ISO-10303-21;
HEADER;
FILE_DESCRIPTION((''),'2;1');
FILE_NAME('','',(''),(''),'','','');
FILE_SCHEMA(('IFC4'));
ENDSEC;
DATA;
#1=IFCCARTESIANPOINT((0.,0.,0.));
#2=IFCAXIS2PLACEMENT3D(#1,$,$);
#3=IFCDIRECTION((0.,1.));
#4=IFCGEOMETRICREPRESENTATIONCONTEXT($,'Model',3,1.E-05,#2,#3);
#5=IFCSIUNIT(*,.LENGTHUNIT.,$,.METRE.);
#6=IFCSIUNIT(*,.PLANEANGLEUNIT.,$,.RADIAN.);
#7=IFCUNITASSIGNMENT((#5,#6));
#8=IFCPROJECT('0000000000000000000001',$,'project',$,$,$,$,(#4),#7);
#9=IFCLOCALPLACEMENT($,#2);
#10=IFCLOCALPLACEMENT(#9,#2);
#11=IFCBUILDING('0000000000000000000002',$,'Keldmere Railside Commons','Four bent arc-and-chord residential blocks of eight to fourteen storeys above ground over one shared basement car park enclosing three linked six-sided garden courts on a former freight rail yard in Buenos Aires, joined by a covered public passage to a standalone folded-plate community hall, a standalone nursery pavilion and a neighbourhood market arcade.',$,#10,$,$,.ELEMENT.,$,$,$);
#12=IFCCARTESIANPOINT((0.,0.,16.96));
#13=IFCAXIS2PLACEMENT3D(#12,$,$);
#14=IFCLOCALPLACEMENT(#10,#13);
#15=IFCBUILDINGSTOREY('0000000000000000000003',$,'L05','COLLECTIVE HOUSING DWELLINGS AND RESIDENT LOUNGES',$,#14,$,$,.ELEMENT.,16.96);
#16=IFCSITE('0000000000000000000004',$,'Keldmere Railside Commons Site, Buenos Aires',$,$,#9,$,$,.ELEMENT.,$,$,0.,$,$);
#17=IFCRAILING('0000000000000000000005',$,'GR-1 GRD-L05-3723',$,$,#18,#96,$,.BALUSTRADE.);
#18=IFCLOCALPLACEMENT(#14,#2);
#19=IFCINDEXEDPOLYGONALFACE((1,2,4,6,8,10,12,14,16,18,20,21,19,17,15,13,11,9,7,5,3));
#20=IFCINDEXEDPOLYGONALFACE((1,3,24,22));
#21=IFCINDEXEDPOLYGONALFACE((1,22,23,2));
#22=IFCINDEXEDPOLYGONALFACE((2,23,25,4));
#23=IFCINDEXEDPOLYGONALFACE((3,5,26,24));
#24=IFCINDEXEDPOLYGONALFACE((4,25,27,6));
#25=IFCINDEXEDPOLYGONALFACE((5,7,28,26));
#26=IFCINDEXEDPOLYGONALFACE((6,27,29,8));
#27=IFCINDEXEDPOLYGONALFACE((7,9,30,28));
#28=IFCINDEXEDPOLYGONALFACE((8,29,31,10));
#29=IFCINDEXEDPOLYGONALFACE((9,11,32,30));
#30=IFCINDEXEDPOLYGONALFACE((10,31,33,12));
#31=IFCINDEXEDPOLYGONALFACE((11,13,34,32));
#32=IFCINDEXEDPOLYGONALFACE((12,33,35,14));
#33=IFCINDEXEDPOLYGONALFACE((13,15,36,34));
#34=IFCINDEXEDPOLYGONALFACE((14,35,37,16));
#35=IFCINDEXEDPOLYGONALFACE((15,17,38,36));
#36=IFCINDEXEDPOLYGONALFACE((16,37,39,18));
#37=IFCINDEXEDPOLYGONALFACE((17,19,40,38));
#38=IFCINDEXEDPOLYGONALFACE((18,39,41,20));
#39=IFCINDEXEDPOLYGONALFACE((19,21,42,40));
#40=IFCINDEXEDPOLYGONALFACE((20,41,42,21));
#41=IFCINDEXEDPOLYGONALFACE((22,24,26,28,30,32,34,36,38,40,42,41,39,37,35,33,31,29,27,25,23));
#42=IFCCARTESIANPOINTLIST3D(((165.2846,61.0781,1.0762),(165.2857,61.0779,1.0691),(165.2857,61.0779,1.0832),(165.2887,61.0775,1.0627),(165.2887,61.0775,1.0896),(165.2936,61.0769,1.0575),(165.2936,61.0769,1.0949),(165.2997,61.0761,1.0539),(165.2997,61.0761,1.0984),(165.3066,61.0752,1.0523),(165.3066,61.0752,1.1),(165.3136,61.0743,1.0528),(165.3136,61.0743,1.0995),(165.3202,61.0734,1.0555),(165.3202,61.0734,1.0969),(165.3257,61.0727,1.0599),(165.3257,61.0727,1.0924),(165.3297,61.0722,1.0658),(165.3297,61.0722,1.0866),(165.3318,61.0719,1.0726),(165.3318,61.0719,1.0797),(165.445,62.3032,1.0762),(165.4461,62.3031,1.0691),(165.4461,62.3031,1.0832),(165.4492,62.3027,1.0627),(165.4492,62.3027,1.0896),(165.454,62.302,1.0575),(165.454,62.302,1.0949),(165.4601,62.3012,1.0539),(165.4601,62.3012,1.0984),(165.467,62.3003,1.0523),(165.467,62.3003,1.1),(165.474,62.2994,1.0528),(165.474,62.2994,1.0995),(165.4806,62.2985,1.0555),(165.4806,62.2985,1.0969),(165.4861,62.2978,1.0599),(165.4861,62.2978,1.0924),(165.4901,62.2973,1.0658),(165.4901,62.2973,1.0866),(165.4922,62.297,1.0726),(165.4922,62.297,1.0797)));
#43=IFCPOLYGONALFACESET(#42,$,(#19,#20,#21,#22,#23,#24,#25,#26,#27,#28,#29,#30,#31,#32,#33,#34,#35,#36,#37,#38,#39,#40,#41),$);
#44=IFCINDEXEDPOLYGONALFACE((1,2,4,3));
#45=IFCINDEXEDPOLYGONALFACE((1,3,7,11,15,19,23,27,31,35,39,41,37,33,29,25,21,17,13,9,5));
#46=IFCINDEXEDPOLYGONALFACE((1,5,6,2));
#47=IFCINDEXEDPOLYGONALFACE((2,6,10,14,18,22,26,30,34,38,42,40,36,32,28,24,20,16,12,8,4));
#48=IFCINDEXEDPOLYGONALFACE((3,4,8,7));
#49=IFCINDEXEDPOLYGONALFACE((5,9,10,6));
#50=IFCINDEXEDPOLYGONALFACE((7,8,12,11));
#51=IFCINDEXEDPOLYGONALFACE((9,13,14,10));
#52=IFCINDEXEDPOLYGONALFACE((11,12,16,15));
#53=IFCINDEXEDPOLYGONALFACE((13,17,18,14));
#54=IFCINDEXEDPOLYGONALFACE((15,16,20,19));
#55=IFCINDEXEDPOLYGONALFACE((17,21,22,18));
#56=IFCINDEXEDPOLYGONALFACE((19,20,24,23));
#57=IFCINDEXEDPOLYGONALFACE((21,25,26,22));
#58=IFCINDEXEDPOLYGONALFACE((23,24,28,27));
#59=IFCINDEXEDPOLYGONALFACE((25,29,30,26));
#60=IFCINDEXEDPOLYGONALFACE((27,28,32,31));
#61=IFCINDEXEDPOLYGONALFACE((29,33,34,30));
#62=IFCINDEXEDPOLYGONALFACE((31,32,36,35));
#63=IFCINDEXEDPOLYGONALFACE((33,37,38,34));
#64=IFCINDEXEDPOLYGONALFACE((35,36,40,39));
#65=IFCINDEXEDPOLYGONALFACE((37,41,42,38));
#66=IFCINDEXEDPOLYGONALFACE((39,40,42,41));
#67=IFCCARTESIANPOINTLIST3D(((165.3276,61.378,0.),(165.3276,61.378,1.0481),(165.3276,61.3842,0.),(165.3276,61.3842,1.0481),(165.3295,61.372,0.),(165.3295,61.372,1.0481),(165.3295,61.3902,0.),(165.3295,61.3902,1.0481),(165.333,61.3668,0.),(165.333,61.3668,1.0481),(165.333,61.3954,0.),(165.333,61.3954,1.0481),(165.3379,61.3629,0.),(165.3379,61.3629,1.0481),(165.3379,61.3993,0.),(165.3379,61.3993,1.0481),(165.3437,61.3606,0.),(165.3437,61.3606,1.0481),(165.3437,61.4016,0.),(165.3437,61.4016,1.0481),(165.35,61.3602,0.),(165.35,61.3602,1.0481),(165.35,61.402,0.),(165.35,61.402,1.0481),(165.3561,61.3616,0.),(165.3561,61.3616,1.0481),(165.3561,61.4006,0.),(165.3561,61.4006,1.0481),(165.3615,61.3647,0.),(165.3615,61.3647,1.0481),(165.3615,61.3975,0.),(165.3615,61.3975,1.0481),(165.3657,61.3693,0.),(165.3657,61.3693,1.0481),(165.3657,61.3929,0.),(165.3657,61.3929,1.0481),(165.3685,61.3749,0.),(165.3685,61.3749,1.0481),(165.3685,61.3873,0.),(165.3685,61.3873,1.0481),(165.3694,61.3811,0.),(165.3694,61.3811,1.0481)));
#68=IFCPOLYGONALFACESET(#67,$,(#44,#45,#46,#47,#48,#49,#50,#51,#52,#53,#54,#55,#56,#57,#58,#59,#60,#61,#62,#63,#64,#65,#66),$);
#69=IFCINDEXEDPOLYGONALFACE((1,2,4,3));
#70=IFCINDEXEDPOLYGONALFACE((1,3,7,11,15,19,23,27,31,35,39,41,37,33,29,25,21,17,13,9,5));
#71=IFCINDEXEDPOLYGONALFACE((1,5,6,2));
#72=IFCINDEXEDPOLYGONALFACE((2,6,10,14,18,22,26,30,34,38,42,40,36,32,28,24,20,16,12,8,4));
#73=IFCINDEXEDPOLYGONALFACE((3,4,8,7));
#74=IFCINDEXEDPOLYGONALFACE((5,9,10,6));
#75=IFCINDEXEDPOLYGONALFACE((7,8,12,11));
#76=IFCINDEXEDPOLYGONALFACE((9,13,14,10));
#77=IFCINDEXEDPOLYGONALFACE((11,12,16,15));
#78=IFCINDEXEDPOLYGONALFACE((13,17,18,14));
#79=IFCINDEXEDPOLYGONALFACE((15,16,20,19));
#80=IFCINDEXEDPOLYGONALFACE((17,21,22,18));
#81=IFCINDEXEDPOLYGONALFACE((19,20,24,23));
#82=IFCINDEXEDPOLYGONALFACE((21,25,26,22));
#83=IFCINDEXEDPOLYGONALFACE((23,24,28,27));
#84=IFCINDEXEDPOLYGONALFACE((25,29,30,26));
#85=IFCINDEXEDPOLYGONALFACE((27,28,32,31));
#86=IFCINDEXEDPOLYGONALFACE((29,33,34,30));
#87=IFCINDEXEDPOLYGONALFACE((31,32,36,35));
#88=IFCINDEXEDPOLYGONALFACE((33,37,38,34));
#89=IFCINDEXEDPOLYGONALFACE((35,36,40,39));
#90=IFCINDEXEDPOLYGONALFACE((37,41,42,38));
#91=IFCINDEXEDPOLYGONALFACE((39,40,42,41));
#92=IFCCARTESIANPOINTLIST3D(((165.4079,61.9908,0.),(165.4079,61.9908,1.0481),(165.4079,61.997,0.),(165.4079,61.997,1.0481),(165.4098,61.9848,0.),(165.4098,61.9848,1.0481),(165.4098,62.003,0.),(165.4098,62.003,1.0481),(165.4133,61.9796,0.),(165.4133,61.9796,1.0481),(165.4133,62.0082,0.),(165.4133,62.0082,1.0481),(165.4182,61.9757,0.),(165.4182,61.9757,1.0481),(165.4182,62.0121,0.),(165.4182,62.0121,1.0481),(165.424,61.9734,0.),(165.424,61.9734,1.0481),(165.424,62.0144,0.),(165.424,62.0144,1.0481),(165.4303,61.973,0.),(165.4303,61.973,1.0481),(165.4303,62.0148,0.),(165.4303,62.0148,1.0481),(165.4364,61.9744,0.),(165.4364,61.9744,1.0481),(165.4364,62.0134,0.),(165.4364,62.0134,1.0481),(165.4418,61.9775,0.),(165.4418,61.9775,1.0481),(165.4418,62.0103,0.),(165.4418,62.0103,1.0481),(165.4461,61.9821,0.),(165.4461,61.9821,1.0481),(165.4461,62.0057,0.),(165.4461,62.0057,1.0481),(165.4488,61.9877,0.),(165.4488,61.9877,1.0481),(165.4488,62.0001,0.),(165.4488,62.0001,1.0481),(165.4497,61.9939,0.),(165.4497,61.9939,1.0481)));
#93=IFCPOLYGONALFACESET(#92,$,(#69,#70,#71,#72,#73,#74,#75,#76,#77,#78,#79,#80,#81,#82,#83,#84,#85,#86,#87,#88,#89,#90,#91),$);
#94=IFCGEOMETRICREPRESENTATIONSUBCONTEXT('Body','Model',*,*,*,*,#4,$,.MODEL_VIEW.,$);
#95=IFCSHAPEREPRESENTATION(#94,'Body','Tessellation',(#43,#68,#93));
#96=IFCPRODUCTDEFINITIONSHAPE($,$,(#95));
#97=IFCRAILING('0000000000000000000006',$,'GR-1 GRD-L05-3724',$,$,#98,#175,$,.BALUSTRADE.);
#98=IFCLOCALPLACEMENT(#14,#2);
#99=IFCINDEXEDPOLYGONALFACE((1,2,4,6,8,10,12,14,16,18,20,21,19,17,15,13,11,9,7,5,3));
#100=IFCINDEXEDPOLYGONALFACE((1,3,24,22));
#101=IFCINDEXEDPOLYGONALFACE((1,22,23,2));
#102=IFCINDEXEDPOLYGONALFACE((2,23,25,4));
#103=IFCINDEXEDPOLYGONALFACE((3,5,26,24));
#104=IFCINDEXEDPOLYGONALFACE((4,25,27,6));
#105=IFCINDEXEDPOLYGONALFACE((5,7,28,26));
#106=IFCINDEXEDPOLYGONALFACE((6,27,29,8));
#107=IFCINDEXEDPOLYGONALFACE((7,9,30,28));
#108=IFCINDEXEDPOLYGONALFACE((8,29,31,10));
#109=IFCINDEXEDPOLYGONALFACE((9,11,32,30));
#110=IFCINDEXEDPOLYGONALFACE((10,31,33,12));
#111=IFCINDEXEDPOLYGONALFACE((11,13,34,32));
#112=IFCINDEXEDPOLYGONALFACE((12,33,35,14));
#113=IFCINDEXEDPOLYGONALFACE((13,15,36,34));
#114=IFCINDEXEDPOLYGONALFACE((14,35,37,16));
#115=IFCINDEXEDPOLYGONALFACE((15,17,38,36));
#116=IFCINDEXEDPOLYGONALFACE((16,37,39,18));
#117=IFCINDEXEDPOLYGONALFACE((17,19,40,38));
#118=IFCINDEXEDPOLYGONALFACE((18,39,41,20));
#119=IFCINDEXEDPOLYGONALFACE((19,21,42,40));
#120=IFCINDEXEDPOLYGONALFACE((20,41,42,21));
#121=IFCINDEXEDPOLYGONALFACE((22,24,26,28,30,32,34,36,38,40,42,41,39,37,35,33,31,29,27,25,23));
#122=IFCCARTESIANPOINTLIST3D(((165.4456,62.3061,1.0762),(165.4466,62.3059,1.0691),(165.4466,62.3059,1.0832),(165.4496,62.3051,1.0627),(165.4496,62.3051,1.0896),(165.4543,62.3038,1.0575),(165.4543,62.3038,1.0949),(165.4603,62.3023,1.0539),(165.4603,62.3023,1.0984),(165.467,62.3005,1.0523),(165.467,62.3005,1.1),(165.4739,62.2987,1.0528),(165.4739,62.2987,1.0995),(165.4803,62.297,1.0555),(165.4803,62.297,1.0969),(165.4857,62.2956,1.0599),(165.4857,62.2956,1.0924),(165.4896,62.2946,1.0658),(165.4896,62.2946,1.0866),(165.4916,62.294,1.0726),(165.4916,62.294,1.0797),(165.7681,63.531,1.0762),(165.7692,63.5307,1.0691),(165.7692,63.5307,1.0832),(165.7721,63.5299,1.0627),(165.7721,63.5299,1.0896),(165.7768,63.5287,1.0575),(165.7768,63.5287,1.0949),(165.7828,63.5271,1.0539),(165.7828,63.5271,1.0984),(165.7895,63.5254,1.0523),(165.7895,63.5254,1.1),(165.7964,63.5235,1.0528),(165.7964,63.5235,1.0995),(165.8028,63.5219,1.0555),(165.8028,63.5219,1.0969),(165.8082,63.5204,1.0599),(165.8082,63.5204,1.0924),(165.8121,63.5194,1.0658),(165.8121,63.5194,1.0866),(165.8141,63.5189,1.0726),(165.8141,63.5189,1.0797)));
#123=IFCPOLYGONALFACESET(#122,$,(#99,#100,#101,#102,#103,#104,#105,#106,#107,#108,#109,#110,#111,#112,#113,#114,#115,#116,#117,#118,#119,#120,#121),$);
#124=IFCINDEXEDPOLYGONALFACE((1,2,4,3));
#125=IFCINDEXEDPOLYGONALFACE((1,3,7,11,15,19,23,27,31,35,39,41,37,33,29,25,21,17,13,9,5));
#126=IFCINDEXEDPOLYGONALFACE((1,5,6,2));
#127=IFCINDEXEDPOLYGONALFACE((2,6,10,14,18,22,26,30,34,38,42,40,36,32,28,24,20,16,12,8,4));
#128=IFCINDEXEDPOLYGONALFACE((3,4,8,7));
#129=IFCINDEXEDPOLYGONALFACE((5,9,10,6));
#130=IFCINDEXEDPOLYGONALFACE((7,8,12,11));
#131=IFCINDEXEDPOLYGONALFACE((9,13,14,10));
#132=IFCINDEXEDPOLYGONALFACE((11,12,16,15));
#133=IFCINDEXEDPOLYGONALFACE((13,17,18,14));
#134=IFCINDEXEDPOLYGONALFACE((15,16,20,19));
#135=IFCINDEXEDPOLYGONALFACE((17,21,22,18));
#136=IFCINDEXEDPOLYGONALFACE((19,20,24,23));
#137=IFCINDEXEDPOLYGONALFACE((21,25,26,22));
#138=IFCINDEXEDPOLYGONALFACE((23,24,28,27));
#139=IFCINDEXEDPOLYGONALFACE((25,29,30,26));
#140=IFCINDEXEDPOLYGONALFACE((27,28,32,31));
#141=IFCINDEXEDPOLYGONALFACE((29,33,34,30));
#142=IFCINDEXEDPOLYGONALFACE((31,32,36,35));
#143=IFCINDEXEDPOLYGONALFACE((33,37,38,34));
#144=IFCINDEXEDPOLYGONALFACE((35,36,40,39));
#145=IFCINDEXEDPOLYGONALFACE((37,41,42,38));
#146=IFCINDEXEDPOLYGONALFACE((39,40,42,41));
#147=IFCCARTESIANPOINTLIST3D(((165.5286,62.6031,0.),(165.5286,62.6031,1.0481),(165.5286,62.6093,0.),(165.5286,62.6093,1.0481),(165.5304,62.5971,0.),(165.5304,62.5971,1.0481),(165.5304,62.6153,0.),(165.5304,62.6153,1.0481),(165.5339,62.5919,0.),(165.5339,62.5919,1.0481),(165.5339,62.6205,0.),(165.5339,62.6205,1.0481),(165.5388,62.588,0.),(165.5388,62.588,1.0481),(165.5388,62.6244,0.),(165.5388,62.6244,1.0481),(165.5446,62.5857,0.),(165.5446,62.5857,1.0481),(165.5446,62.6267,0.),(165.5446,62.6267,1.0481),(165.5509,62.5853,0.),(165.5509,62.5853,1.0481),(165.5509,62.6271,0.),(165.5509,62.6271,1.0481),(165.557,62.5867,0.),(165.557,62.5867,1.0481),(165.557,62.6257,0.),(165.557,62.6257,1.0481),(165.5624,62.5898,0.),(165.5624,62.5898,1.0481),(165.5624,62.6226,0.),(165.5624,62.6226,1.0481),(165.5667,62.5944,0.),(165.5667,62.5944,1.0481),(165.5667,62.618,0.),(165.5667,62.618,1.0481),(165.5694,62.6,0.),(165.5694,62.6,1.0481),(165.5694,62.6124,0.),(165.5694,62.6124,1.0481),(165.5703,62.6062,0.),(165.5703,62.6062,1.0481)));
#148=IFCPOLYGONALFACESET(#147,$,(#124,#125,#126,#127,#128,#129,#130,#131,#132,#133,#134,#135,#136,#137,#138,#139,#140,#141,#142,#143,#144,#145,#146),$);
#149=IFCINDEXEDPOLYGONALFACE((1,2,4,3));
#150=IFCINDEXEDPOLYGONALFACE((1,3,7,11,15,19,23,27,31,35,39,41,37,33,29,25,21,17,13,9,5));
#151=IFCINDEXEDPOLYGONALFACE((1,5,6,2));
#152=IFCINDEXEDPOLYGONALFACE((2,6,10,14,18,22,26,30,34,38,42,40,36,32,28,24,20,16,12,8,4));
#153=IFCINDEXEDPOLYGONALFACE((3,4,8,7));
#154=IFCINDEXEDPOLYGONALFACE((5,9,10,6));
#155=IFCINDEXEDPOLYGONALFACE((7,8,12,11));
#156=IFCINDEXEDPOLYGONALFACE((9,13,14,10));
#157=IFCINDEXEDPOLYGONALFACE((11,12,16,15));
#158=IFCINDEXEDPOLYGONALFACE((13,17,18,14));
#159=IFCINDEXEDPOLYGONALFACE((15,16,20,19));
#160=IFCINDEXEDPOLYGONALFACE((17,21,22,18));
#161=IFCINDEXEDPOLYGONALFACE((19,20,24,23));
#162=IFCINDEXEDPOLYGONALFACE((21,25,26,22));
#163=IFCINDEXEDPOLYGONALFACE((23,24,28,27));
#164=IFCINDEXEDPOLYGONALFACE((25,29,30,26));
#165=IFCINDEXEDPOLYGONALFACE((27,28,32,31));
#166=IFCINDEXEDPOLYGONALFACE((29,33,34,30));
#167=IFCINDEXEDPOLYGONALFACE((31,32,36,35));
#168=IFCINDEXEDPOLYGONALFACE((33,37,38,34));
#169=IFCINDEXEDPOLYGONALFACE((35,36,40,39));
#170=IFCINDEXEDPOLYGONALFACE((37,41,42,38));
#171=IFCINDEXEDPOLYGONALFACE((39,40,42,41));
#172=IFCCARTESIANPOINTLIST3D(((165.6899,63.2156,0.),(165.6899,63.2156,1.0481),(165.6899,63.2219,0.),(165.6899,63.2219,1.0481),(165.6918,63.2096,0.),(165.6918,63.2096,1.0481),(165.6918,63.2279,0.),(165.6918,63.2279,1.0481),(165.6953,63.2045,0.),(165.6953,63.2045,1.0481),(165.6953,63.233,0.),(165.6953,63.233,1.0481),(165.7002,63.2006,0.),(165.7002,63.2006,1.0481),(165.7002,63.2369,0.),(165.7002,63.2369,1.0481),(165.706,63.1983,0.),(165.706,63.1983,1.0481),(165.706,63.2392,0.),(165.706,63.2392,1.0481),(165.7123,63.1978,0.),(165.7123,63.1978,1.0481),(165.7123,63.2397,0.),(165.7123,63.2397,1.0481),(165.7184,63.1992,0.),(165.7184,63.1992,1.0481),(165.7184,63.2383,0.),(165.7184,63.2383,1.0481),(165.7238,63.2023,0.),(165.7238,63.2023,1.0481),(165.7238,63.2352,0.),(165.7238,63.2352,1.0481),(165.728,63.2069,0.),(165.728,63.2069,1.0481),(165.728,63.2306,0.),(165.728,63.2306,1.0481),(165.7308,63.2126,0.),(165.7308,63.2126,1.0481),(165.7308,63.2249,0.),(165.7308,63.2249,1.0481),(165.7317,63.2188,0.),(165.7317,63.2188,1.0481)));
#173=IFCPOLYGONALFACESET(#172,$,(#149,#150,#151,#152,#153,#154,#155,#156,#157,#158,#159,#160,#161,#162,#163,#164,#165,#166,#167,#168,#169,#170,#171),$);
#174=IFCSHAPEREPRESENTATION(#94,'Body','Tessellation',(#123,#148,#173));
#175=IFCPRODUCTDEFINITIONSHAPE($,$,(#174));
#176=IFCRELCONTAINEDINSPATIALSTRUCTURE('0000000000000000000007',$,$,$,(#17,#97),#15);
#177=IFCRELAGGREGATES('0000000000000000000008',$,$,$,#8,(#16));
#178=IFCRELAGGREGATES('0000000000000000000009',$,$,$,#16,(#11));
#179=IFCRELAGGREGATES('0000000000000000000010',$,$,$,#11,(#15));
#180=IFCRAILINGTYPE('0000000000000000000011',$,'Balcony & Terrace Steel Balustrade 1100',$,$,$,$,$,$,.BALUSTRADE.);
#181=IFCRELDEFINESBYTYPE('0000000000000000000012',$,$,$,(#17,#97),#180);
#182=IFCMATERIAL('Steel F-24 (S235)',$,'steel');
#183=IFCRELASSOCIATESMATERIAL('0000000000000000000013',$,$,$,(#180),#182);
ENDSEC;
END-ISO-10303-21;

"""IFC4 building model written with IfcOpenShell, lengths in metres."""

from ifc_helpers import new_model, si_unit, direction, frame, origin, origin_2d, place, context, subcontext, project, spatial, circle, extrude, material, type_object, element, save


model = new_model("IFC4")

# Units and contexts
model_context = context("Model", 3, precision=1e-05, world=origin(), true_north=direction((0.0, 1.0)))
body_context = subcontext(model_context, "Body", "Model", "MODEL_VIEW")
ifc_project = project(units=[si_unit("LENGTHUNIT", "METRE"), si_unit("PLANEANGLEUNIT", "RADIAN")], contexts=[model_context])

# Site, building, storey
site_placement = place(None, origin())
site = spatial("IfcSite", under=ifc_project, at=site_placement, Name="Keldmere Railside Commons Site, Buenos Aires", CompositionType="ELEMENT", RefElevation=0.0)
building_placement = place(site_placement, origin())
building = spatial("IfcBuilding", under=site, at=building_placement, Name="Keldmere Railside Commons", Description="Four bent arc-and-chord residential blocks of eight to fourteen storeys above ground over one shared basement car park enclosing three linked six-sided garden courts on a former freight rail yard in Buenos Aires, joined by a covered public passage to a standalone folded-plate community hall, a standalone nursery pavilion and a neighbourhood market arcade.", CompositionType="ELEMENT")
storey_placement = place(building_placement, frame((0.0, 0.0, 16.96)))
storey = spatial("IfcBuildingStorey", under=building, at=storey_placement, Name="L05", Description="COLLECTIVE HOUSING DWELLINGS AND RESIDENT LOUNGES", CompositionType="ELEMENT", Elevation=16.96)

# Railings
ifc_material_1 = material(Name="Steel F-24 (S235)", Category="steel")
railing_type = type_object("IfcRailingType", Name="Balcony & Terrace Steel Balustrade 1100", PredefinedType="BALUSTRADE", material=ifc_material_1)
railing_1_placement = place(storey_placement, frame((165.3083, 61.075, 0.0)))
element("IfcRailing", 1, at=railing_1_placement, inside=storey, type_object=railing_type, Name="GR-1 GRD-L05-3723", PredefinedType="BALUSTRADE", context=body_context, shape_type="SweptSolid", body=[
    extrude(circle(Radius=0.0239, at=origin_2d()), frame((0.0, 0.0, 1.0762), z_axis=(0.129821, 0.991537, 0.0), x_axis=(-0.991537, 0.129821, 0.0)), (0.0, 0.0, 1.0), 1.2356),
    extrude(circle(Radius=0.021, at=origin_2d()), frame((0.04, 0.3062, 0.0)), (0.0, 0.0, 1.0), 1.0481),
    extrude(circle(Radius=0.021, at=origin_2d()), frame((0.1204, 0.9189, 0.0)), (0.0, 0.0, 1.0), 1.0481),
])
railing_2_placement = place(storey_placement, frame((165.4688, 62.3, 0.0)))
element("IfcRailing", 2, at=railing_2_placement, inside=storey, type_object=railing_type, Name="GR-1 GRD-L05-3724", PredefinedType="BALUSTRADE", context=body_context, shape_type="SweptSolid", body=[
    extrude(circle(Radius=0.0239, at=origin_2d()), frame((0.0, 0.0, 1.0762), z_axis=(0.254626, 0.96704, 0.0), x_axis=(-0.96704, 0.254626, 0.0)), (0.0, 0.0, 1.0), 1.2666),
    extrude(circle(Radius=0.021, at=origin_2d()), frame((0.0806, 0.3062, 0.0)), (0.0, 0.0, 1.0), 1.0481),
    extrude(circle(Radius=0.021, at=origin_2d()), frame((0.2419, 0.9187, 0.0)), (0.0, 0.0, 1.0), 1.0481),
])

save(model, "model.ifc")
